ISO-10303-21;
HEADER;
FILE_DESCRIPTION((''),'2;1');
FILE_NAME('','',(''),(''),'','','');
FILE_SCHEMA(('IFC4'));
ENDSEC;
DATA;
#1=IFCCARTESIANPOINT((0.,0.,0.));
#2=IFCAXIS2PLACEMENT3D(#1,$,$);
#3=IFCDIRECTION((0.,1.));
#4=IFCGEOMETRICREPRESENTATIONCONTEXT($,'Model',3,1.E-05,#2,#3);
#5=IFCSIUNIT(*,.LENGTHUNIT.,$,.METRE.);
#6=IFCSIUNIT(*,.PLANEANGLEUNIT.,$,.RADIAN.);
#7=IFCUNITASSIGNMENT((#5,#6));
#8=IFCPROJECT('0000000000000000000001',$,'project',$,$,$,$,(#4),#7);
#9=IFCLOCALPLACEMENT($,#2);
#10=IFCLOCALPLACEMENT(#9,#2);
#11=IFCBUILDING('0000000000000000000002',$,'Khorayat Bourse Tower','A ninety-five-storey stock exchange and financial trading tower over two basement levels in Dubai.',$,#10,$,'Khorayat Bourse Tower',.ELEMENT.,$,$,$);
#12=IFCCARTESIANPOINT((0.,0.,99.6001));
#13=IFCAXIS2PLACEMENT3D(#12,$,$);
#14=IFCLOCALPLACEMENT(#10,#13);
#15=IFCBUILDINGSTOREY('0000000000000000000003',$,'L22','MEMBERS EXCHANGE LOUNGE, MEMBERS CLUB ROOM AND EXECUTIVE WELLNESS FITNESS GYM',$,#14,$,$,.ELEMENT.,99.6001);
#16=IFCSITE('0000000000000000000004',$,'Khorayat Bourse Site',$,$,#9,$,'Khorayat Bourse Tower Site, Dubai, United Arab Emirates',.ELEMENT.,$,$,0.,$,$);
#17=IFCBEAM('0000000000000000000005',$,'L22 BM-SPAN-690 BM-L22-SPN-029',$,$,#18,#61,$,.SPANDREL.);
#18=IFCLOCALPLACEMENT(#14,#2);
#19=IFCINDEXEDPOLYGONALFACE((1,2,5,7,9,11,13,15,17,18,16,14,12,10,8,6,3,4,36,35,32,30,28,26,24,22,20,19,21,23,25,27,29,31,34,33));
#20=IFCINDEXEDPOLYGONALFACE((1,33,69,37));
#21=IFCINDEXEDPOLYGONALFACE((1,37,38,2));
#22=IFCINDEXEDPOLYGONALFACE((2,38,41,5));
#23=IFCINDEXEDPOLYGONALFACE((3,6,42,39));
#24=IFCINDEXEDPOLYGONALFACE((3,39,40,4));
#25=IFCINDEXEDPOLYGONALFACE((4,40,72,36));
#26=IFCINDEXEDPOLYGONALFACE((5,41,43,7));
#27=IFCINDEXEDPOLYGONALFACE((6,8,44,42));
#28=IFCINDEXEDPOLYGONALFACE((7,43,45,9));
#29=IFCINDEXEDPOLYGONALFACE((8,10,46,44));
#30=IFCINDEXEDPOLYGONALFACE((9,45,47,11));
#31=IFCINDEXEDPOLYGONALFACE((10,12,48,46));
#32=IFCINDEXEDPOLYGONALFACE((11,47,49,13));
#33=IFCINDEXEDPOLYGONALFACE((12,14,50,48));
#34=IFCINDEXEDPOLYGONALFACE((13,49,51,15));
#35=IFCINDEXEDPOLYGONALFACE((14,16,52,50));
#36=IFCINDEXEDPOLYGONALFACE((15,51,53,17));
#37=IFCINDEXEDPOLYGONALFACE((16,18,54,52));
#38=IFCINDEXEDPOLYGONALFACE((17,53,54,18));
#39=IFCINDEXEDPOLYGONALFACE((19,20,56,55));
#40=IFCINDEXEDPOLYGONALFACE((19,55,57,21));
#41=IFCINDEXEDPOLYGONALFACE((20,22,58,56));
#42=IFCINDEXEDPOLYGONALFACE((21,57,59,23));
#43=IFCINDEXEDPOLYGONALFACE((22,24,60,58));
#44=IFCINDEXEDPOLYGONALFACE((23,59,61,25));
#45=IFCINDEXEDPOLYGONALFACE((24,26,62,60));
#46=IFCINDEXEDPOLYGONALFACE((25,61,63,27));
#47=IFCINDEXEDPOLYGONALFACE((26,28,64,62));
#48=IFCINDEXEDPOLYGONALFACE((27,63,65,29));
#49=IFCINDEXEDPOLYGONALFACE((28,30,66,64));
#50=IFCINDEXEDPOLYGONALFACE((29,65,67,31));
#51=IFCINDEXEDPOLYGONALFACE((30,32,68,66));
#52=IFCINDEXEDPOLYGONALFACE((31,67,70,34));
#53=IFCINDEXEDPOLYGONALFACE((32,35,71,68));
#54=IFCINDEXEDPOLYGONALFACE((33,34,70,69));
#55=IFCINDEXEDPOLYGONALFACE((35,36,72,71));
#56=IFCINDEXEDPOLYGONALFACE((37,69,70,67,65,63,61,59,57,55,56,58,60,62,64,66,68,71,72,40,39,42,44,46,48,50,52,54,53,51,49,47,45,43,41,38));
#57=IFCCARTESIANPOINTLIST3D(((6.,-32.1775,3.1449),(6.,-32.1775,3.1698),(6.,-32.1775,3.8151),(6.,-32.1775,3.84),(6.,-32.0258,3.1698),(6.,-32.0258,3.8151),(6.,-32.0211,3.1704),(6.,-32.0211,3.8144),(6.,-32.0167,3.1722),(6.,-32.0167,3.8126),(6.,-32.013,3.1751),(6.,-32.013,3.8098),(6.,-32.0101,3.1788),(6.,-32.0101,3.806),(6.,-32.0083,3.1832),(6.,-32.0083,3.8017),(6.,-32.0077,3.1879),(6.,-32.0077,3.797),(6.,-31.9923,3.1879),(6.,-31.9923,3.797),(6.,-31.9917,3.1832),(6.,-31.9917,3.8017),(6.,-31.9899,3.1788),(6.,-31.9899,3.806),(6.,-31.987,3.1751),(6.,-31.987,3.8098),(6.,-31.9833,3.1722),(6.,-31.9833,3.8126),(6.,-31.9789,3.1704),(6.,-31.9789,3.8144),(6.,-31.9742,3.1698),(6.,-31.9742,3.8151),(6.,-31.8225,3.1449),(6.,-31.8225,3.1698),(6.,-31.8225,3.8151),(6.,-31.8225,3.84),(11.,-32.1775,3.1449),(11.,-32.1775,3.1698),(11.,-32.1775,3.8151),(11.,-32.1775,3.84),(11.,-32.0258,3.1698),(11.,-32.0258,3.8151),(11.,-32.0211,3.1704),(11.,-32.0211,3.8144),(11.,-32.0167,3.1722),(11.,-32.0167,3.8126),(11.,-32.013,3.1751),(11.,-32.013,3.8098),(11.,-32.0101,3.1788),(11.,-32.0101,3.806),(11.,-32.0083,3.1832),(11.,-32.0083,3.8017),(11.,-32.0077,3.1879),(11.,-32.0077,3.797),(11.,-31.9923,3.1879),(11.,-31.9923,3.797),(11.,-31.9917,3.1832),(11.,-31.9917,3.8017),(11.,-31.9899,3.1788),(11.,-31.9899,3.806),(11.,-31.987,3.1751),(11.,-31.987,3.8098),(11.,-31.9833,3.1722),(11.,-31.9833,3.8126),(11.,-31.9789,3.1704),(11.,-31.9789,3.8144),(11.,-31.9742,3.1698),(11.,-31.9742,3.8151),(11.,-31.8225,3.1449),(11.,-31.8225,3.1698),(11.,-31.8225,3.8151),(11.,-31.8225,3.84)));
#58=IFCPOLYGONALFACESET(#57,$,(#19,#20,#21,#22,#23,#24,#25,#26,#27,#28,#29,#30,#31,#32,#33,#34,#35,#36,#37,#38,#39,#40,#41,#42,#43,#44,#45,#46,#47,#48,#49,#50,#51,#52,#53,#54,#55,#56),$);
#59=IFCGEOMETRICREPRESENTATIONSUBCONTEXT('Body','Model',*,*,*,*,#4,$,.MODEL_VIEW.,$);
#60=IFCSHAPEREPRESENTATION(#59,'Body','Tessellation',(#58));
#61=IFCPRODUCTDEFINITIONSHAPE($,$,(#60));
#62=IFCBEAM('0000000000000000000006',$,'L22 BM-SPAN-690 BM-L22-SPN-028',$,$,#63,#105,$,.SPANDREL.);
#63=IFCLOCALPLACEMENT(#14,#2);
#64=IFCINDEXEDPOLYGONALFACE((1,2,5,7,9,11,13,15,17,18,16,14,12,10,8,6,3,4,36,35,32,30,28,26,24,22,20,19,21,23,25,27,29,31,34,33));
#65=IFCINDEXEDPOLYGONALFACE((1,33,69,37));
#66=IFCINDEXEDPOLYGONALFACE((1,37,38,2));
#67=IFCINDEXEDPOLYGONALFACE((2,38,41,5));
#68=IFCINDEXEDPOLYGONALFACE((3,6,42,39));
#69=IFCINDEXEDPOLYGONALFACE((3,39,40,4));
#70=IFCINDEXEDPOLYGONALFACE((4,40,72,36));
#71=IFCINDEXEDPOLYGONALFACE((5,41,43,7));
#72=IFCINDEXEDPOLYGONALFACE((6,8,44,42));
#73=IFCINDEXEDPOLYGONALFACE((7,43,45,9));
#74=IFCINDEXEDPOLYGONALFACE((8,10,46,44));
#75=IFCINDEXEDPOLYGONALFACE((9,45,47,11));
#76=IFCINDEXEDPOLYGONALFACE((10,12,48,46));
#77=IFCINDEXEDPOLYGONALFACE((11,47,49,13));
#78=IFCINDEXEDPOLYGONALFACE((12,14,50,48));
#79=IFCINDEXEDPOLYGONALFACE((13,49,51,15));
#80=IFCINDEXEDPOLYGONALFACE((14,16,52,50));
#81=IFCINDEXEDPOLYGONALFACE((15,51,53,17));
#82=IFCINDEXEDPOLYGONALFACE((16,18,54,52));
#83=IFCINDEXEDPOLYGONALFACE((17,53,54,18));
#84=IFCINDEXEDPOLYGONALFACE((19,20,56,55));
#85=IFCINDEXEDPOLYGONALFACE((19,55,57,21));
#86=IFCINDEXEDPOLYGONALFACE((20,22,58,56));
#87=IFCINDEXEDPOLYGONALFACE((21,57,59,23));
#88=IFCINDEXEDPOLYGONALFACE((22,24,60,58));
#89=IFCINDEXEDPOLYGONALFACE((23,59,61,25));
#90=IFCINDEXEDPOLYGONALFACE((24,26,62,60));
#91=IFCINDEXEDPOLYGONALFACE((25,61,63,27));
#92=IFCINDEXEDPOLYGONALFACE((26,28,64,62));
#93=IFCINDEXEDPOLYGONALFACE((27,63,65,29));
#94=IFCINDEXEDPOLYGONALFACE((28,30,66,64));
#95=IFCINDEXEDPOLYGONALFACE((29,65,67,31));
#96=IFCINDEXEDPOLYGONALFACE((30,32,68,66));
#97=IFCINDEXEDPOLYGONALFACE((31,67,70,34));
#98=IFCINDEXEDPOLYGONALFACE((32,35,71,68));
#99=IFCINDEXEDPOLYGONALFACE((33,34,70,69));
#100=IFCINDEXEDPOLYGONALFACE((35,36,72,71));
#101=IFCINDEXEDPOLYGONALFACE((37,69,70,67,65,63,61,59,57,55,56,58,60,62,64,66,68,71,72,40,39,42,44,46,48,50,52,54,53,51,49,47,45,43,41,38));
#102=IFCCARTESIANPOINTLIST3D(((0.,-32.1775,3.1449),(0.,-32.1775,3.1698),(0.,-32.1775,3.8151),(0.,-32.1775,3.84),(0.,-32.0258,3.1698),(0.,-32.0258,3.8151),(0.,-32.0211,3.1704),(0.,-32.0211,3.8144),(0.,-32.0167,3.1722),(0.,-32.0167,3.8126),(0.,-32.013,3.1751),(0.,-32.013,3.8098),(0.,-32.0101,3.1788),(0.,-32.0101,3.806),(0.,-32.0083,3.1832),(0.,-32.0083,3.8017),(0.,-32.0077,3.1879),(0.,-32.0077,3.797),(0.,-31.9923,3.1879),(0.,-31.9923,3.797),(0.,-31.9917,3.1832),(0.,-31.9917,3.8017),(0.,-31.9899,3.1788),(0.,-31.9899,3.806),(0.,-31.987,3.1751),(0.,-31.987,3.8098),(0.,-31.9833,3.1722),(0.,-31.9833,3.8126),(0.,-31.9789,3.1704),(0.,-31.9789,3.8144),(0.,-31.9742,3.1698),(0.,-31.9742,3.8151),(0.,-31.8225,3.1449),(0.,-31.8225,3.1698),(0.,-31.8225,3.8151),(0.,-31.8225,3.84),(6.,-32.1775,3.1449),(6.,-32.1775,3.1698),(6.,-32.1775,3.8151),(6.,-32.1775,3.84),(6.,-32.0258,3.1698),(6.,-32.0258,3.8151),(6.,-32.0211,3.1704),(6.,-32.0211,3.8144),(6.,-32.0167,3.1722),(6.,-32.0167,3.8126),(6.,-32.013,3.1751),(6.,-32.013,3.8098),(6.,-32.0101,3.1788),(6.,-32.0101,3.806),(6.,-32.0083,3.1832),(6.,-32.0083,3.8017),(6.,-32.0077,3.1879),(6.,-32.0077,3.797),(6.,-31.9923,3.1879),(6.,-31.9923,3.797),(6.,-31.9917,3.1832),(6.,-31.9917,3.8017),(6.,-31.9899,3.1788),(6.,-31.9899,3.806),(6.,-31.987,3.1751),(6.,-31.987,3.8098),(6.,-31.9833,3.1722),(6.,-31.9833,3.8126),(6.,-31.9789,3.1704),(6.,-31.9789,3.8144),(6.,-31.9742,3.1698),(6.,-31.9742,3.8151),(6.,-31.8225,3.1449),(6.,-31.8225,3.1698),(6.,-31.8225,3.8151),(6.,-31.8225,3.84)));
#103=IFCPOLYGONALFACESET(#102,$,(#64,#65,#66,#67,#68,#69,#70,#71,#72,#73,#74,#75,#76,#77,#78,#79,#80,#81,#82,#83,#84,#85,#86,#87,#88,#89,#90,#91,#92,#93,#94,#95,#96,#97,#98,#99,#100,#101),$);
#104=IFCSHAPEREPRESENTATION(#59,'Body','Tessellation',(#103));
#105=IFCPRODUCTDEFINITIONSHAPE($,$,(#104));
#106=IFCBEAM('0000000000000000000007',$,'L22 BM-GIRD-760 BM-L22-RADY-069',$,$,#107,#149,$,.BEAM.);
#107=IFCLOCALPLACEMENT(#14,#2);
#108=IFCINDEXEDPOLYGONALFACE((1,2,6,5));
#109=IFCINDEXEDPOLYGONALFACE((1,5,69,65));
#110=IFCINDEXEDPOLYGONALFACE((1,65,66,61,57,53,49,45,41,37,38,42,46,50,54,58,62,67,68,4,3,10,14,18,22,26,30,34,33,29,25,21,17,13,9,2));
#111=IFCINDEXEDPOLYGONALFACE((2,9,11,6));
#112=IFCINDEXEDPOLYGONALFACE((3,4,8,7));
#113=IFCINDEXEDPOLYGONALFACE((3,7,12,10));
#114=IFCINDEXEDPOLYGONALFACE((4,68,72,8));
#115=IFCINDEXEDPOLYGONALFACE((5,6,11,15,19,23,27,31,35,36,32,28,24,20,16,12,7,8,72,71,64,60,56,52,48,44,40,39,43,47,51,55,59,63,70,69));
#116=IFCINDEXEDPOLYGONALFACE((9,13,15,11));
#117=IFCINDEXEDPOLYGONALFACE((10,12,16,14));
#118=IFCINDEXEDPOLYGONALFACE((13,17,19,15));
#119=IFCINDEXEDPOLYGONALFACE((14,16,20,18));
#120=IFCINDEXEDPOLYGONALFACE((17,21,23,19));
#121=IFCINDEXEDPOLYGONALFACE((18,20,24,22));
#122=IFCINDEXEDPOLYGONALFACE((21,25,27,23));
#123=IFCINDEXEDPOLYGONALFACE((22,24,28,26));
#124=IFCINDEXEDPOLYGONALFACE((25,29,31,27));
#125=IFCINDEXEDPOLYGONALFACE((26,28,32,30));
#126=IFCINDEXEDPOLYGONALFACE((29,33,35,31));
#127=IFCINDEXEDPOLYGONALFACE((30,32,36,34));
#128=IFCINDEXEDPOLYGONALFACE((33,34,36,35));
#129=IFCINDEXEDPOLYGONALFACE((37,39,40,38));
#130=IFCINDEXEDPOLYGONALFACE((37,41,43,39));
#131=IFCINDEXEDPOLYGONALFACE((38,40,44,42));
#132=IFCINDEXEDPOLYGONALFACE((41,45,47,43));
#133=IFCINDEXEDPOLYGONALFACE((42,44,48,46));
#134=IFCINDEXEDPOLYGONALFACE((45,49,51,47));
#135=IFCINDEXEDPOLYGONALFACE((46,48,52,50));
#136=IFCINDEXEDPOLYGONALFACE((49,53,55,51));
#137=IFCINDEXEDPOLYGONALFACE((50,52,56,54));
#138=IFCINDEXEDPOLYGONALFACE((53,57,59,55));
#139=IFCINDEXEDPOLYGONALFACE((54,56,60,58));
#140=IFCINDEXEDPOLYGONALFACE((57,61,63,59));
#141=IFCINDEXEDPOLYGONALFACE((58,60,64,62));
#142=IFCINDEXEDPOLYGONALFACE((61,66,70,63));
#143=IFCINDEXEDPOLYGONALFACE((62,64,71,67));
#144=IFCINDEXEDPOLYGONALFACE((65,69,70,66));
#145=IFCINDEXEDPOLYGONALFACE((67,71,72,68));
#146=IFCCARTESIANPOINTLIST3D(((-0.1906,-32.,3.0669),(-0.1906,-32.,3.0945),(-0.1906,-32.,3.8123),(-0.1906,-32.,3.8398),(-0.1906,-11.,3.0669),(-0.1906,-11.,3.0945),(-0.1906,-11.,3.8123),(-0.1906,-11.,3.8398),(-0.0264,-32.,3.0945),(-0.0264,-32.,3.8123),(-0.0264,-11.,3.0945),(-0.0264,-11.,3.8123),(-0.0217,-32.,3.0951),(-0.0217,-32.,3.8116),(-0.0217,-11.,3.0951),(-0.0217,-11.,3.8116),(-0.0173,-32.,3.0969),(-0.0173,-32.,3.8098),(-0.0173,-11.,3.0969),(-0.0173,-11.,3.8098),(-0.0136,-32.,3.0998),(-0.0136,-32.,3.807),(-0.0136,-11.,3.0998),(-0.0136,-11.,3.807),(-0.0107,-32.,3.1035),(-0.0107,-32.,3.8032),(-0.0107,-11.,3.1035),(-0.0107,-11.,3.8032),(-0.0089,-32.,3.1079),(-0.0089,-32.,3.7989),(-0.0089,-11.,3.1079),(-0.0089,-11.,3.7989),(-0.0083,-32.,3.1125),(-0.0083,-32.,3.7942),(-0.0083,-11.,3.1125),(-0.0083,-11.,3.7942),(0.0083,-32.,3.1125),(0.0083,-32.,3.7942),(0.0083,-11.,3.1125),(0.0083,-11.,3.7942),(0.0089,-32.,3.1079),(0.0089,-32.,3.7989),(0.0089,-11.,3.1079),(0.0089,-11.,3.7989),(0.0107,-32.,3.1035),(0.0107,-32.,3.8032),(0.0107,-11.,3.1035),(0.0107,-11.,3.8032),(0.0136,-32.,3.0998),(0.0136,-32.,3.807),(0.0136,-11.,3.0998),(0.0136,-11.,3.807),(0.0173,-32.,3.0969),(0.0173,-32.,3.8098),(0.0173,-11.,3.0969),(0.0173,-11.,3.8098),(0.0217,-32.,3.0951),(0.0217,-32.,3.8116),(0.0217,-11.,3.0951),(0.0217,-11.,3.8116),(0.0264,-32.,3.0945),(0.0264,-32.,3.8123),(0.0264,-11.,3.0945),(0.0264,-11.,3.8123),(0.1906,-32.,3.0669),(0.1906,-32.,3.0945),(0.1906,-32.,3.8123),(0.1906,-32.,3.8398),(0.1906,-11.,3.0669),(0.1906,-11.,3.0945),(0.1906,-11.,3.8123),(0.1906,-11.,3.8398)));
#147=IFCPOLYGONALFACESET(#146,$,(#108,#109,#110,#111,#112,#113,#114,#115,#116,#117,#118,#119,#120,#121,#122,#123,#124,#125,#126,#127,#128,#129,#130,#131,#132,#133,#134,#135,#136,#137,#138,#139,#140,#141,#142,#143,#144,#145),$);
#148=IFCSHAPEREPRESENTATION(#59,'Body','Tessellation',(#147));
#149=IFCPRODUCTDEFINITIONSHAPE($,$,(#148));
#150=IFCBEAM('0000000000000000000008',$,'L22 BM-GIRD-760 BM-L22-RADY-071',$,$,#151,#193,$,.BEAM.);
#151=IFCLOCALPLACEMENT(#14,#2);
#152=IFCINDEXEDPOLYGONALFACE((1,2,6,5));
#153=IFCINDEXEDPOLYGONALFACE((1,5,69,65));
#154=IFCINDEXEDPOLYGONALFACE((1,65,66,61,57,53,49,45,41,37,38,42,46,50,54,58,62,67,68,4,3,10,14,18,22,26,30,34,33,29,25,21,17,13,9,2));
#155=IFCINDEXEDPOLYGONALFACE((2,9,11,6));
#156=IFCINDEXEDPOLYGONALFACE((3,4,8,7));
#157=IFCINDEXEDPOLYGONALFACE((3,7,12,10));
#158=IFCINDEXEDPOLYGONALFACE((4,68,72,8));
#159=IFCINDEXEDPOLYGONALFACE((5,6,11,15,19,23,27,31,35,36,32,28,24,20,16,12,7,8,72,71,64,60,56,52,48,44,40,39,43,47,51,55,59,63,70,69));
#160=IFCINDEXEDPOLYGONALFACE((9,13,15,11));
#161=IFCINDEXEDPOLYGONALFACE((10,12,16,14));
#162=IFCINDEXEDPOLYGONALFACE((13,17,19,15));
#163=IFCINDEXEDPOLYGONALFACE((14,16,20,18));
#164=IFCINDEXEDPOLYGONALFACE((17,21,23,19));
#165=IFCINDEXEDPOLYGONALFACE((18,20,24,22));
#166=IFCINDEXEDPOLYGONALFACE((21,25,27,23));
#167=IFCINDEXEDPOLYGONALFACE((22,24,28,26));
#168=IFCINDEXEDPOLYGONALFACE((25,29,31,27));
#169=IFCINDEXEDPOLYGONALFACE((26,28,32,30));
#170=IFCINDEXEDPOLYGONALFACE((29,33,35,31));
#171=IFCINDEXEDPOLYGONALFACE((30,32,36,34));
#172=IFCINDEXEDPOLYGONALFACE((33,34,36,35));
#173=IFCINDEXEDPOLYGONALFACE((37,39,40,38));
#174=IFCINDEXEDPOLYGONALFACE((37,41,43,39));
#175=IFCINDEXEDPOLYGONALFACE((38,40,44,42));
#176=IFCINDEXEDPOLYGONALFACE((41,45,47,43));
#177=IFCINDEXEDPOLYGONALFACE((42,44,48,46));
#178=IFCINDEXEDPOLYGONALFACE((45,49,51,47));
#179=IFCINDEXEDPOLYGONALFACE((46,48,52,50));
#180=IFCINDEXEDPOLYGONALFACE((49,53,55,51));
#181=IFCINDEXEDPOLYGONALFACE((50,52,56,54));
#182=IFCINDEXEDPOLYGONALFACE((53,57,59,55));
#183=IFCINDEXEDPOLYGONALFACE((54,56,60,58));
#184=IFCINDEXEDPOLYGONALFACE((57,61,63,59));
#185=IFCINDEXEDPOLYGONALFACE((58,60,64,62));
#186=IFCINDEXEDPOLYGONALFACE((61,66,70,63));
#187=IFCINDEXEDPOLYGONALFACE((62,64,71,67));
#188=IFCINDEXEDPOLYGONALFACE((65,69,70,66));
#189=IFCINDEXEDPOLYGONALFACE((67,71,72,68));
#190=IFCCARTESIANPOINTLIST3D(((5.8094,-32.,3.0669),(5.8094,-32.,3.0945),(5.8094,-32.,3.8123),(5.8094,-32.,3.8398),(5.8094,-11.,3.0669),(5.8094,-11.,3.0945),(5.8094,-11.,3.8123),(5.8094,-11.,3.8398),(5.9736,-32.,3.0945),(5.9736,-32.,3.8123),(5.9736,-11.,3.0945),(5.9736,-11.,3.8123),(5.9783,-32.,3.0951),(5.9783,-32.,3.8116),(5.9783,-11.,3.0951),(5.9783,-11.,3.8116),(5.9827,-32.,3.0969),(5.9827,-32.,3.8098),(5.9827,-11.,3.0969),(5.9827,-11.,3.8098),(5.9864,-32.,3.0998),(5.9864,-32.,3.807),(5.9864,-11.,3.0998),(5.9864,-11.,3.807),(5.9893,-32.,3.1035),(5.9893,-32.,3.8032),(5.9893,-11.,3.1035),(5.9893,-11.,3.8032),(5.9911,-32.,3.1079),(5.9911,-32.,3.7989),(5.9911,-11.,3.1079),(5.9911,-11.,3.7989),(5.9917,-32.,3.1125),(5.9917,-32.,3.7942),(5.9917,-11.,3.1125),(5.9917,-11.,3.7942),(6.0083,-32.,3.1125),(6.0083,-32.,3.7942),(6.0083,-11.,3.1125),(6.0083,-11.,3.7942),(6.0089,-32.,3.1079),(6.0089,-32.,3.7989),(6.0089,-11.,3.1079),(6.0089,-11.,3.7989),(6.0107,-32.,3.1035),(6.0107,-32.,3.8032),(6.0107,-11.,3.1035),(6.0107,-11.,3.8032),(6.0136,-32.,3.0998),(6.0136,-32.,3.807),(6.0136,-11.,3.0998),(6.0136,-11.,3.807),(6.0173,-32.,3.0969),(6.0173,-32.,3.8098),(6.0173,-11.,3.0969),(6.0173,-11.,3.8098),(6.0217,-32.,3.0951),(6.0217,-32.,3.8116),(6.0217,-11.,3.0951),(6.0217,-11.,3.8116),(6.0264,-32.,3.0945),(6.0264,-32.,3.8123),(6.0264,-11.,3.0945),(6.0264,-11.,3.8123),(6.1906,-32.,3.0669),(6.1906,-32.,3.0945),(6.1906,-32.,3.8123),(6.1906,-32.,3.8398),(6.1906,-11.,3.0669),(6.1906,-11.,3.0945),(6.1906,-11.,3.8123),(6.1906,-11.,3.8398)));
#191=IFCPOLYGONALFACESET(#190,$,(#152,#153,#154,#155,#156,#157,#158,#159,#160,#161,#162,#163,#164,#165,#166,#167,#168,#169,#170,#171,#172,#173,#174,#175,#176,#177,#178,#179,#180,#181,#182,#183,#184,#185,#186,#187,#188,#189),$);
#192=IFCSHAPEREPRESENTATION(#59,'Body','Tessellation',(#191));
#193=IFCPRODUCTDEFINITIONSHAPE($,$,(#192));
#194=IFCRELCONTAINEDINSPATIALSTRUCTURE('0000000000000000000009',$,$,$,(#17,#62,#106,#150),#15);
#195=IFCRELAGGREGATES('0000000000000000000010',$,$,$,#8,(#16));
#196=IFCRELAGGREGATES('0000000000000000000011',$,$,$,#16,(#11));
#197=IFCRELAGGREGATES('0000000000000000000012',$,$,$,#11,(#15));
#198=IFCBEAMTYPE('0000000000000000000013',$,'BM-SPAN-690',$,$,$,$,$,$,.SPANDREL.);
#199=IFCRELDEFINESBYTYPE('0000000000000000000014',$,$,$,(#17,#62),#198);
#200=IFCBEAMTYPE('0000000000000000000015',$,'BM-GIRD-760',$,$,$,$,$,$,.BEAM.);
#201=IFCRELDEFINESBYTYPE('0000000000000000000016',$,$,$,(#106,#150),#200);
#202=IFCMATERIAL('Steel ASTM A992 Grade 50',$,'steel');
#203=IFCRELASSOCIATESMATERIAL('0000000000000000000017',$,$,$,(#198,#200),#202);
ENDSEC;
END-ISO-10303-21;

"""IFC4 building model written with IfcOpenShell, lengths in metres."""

from ifc_helpers import new_model, si_unit, direction, frame, origin, origin_2d, place, context, subcontext, project, spatial, i_section, extrude, source, transform, mapped, material, material_profile, profile_set, type_object, element, save


model = new_model("IFC4")

# Units and contexts
model_context = context("Model", 3, precision=1e-05, world=origin(), true_north=direction((0.0, 1.0)))
body_context = subcontext(model_context, "Body", "Model", "MODEL_VIEW")
ifc_project = project(units=[si_unit("LENGTHUNIT", "METRE"), si_unit("PLANEANGLEUNIT", "RADIAN")], contexts=[model_context])

# Site, building, storey
site_placement = place(None, origin())
site = spatial("IfcSite", under=ifc_project, at=site_placement, Name="Khorayat Bourse Site", LongName="Khorayat Bourse Tower Site, Dubai, United Arab Emirates", CompositionType="ELEMENT", RefElevation=0.0)
building_placement = place(site_placement, origin())
building = spatial("IfcBuilding", under=site, at=building_placement, Name="Khorayat Bourse Tower", Description="A ninety-five-storey stock exchange and financial trading tower over two basement levels in Dubai.", LongName="Khorayat Bourse Tower", CompositionType="ELEMENT")
storey_placement = place(building_placement, frame((0.0, 0.0, 99.6001)))
storey = spatial("IfcBuildingStorey", under=building, at=storey_placement, Name="L22", Description="MEMBERS EXCHANGE LOUNGE, MEMBERS CLUB ROOM AND EXECUTIVE WELLNESS FITNESS GYM", CompositionType="ELEMENT", Elevation=99.6001)

# Beams
ifc_material_1 = material(Name="Steel ASTM A992 Grade 50", Category="steel")
ifc_material_profile_1 = material_profile(ifc_material_1, i_section(OverallWidth=0.355, OverallDepth=0.6951, WebThickness=0.0154, FlangeThickness=0.0249, FilletRadius=0.0181, at=origin_2d()), Name="W690X217")
ifc_profile_set_1 = profile_set([ifc_material_profile_1], Name="Steel ASTM A992 Grade 50")
beam_type_1 = type_object("IfcBeamType", Name="BM-SPAN-690", PredefinedType="SPANDREL", material=ifc_profile_set_1)
shared_shape_1 = source(origin(), body_context, "Body", "SweptSolid", [
    extrude(i_section(OverallWidth=0.355, OverallDepth=0.6951, WebThickness=0.0154, FlangeThickness=0.0249, FilletRadius=0.0181, at=origin_2d()), origin(), (0.0, 0.0, 1.0), 5.0),
])
beam_1_placement = place(storey_placement, frame((6.0, -32.0, 3.4924), z_axis=(1.0, 0.0, 0.0), x_axis=(0.0, 1.0, 0.0)))
element("IfcBeam", 1, at=beam_1_placement, inside=storey, type_object=beam_type_1, Name="L22 BM-SPAN-690 BM-L22-SPN-029", PredefinedType="SPANDREL", context=body_context, shape_type="MappedRepresentation", body=[
    mapped(shared_shape_1, transform((0.0, 0.0, 0.0), scale=1.0)),
])
shared_shape_2 = source(origin(), body_context, "Body", "SweptSolid", [
    extrude(i_section(OverallWidth=0.355, OverallDepth=0.6951, WebThickness=0.0154, FlangeThickness=0.0249, FilletRadius=0.0181, at=origin_2d()), origin(), (0.0, 0.0, 1.0), 6.0),
])
beam_2_placement = place(storey_placement, frame((0.0, -32.0, 3.4924), z_axis=(1.0, 0.0, 0.0), x_axis=(0.0, 1.0, 0.0)))
element("IfcBeam", 2, at=beam_2_placement, inside=storey, type_object=beam_type_1, Name="L22 BM-SPAN-690 BM-L22-SPN-028", PredefinedType="SPANDREL", context=body_context, shape_type="MappedRepresentation", body=[
    mapped(shared_shape_2, transform((0.0, 0.0, 0.0), scale=1.0)),
])
ifc_material_profile_2 = material_profile(ifc_material_1, i_section(OverallWidth=0.3811, OverallDepth=0.7729, WebThickness=0.0166, FlangeThickness=0.0276, FilletRadius=0.0181, at=origin_2d()), Name="W760X257")
ifc_profile_set_2 = profile_set([ifc_material_profile_2], Name="Steel ASTM A992 Grade 50")
beam_type_2 = type_object("IfcBeamType", Name="BM-GIRD-760", PredefinedType="BEAM", material=ifc_profile_set_2)
shared_shape_3 = source(origin(), body_context, "Body", "SweptSolid", [
    extrude(i_section(OverallWidth=0.3811, OverallDepth=0.7729, WebThickness=0.0166, FlangeThickness=0.0276, FilletRadius=0.0181, at=origin_2d()), origin(), (0.0, 0.0, 1.0), 21.0),
])
for number, where, z_axis, x_axis, name in (
    (3, (0.0, -32.0, 3.4534), (0.0, 1.0, 0.0), (-1.0, 0.0, 0.0), "L22 BM-GIRD-760 BM-L22-RADY-069"),
    (4, (6.0, -32.0, 3.4534), (0.0, 1.0, 0.0), (-1.0, 0.0, 0.0), "L22 BM-GIRD-760 BM-L22-RADY-071"),
):
    element("IfcBeam", number, at=place(storey_placement, frame(where, z_axis=z_axis, x_axis=x_axis)), inside=storey, type_object=beam_type_2, Name=name, PredefinedType="BEAM", context=body_context, shape_type="MappedRepresentation", body=[
        mapped(shared_shape_3, transform((0.0, 0.0, 0.0), scale=1.0)),
    ])

save(model, "model.ifc")
